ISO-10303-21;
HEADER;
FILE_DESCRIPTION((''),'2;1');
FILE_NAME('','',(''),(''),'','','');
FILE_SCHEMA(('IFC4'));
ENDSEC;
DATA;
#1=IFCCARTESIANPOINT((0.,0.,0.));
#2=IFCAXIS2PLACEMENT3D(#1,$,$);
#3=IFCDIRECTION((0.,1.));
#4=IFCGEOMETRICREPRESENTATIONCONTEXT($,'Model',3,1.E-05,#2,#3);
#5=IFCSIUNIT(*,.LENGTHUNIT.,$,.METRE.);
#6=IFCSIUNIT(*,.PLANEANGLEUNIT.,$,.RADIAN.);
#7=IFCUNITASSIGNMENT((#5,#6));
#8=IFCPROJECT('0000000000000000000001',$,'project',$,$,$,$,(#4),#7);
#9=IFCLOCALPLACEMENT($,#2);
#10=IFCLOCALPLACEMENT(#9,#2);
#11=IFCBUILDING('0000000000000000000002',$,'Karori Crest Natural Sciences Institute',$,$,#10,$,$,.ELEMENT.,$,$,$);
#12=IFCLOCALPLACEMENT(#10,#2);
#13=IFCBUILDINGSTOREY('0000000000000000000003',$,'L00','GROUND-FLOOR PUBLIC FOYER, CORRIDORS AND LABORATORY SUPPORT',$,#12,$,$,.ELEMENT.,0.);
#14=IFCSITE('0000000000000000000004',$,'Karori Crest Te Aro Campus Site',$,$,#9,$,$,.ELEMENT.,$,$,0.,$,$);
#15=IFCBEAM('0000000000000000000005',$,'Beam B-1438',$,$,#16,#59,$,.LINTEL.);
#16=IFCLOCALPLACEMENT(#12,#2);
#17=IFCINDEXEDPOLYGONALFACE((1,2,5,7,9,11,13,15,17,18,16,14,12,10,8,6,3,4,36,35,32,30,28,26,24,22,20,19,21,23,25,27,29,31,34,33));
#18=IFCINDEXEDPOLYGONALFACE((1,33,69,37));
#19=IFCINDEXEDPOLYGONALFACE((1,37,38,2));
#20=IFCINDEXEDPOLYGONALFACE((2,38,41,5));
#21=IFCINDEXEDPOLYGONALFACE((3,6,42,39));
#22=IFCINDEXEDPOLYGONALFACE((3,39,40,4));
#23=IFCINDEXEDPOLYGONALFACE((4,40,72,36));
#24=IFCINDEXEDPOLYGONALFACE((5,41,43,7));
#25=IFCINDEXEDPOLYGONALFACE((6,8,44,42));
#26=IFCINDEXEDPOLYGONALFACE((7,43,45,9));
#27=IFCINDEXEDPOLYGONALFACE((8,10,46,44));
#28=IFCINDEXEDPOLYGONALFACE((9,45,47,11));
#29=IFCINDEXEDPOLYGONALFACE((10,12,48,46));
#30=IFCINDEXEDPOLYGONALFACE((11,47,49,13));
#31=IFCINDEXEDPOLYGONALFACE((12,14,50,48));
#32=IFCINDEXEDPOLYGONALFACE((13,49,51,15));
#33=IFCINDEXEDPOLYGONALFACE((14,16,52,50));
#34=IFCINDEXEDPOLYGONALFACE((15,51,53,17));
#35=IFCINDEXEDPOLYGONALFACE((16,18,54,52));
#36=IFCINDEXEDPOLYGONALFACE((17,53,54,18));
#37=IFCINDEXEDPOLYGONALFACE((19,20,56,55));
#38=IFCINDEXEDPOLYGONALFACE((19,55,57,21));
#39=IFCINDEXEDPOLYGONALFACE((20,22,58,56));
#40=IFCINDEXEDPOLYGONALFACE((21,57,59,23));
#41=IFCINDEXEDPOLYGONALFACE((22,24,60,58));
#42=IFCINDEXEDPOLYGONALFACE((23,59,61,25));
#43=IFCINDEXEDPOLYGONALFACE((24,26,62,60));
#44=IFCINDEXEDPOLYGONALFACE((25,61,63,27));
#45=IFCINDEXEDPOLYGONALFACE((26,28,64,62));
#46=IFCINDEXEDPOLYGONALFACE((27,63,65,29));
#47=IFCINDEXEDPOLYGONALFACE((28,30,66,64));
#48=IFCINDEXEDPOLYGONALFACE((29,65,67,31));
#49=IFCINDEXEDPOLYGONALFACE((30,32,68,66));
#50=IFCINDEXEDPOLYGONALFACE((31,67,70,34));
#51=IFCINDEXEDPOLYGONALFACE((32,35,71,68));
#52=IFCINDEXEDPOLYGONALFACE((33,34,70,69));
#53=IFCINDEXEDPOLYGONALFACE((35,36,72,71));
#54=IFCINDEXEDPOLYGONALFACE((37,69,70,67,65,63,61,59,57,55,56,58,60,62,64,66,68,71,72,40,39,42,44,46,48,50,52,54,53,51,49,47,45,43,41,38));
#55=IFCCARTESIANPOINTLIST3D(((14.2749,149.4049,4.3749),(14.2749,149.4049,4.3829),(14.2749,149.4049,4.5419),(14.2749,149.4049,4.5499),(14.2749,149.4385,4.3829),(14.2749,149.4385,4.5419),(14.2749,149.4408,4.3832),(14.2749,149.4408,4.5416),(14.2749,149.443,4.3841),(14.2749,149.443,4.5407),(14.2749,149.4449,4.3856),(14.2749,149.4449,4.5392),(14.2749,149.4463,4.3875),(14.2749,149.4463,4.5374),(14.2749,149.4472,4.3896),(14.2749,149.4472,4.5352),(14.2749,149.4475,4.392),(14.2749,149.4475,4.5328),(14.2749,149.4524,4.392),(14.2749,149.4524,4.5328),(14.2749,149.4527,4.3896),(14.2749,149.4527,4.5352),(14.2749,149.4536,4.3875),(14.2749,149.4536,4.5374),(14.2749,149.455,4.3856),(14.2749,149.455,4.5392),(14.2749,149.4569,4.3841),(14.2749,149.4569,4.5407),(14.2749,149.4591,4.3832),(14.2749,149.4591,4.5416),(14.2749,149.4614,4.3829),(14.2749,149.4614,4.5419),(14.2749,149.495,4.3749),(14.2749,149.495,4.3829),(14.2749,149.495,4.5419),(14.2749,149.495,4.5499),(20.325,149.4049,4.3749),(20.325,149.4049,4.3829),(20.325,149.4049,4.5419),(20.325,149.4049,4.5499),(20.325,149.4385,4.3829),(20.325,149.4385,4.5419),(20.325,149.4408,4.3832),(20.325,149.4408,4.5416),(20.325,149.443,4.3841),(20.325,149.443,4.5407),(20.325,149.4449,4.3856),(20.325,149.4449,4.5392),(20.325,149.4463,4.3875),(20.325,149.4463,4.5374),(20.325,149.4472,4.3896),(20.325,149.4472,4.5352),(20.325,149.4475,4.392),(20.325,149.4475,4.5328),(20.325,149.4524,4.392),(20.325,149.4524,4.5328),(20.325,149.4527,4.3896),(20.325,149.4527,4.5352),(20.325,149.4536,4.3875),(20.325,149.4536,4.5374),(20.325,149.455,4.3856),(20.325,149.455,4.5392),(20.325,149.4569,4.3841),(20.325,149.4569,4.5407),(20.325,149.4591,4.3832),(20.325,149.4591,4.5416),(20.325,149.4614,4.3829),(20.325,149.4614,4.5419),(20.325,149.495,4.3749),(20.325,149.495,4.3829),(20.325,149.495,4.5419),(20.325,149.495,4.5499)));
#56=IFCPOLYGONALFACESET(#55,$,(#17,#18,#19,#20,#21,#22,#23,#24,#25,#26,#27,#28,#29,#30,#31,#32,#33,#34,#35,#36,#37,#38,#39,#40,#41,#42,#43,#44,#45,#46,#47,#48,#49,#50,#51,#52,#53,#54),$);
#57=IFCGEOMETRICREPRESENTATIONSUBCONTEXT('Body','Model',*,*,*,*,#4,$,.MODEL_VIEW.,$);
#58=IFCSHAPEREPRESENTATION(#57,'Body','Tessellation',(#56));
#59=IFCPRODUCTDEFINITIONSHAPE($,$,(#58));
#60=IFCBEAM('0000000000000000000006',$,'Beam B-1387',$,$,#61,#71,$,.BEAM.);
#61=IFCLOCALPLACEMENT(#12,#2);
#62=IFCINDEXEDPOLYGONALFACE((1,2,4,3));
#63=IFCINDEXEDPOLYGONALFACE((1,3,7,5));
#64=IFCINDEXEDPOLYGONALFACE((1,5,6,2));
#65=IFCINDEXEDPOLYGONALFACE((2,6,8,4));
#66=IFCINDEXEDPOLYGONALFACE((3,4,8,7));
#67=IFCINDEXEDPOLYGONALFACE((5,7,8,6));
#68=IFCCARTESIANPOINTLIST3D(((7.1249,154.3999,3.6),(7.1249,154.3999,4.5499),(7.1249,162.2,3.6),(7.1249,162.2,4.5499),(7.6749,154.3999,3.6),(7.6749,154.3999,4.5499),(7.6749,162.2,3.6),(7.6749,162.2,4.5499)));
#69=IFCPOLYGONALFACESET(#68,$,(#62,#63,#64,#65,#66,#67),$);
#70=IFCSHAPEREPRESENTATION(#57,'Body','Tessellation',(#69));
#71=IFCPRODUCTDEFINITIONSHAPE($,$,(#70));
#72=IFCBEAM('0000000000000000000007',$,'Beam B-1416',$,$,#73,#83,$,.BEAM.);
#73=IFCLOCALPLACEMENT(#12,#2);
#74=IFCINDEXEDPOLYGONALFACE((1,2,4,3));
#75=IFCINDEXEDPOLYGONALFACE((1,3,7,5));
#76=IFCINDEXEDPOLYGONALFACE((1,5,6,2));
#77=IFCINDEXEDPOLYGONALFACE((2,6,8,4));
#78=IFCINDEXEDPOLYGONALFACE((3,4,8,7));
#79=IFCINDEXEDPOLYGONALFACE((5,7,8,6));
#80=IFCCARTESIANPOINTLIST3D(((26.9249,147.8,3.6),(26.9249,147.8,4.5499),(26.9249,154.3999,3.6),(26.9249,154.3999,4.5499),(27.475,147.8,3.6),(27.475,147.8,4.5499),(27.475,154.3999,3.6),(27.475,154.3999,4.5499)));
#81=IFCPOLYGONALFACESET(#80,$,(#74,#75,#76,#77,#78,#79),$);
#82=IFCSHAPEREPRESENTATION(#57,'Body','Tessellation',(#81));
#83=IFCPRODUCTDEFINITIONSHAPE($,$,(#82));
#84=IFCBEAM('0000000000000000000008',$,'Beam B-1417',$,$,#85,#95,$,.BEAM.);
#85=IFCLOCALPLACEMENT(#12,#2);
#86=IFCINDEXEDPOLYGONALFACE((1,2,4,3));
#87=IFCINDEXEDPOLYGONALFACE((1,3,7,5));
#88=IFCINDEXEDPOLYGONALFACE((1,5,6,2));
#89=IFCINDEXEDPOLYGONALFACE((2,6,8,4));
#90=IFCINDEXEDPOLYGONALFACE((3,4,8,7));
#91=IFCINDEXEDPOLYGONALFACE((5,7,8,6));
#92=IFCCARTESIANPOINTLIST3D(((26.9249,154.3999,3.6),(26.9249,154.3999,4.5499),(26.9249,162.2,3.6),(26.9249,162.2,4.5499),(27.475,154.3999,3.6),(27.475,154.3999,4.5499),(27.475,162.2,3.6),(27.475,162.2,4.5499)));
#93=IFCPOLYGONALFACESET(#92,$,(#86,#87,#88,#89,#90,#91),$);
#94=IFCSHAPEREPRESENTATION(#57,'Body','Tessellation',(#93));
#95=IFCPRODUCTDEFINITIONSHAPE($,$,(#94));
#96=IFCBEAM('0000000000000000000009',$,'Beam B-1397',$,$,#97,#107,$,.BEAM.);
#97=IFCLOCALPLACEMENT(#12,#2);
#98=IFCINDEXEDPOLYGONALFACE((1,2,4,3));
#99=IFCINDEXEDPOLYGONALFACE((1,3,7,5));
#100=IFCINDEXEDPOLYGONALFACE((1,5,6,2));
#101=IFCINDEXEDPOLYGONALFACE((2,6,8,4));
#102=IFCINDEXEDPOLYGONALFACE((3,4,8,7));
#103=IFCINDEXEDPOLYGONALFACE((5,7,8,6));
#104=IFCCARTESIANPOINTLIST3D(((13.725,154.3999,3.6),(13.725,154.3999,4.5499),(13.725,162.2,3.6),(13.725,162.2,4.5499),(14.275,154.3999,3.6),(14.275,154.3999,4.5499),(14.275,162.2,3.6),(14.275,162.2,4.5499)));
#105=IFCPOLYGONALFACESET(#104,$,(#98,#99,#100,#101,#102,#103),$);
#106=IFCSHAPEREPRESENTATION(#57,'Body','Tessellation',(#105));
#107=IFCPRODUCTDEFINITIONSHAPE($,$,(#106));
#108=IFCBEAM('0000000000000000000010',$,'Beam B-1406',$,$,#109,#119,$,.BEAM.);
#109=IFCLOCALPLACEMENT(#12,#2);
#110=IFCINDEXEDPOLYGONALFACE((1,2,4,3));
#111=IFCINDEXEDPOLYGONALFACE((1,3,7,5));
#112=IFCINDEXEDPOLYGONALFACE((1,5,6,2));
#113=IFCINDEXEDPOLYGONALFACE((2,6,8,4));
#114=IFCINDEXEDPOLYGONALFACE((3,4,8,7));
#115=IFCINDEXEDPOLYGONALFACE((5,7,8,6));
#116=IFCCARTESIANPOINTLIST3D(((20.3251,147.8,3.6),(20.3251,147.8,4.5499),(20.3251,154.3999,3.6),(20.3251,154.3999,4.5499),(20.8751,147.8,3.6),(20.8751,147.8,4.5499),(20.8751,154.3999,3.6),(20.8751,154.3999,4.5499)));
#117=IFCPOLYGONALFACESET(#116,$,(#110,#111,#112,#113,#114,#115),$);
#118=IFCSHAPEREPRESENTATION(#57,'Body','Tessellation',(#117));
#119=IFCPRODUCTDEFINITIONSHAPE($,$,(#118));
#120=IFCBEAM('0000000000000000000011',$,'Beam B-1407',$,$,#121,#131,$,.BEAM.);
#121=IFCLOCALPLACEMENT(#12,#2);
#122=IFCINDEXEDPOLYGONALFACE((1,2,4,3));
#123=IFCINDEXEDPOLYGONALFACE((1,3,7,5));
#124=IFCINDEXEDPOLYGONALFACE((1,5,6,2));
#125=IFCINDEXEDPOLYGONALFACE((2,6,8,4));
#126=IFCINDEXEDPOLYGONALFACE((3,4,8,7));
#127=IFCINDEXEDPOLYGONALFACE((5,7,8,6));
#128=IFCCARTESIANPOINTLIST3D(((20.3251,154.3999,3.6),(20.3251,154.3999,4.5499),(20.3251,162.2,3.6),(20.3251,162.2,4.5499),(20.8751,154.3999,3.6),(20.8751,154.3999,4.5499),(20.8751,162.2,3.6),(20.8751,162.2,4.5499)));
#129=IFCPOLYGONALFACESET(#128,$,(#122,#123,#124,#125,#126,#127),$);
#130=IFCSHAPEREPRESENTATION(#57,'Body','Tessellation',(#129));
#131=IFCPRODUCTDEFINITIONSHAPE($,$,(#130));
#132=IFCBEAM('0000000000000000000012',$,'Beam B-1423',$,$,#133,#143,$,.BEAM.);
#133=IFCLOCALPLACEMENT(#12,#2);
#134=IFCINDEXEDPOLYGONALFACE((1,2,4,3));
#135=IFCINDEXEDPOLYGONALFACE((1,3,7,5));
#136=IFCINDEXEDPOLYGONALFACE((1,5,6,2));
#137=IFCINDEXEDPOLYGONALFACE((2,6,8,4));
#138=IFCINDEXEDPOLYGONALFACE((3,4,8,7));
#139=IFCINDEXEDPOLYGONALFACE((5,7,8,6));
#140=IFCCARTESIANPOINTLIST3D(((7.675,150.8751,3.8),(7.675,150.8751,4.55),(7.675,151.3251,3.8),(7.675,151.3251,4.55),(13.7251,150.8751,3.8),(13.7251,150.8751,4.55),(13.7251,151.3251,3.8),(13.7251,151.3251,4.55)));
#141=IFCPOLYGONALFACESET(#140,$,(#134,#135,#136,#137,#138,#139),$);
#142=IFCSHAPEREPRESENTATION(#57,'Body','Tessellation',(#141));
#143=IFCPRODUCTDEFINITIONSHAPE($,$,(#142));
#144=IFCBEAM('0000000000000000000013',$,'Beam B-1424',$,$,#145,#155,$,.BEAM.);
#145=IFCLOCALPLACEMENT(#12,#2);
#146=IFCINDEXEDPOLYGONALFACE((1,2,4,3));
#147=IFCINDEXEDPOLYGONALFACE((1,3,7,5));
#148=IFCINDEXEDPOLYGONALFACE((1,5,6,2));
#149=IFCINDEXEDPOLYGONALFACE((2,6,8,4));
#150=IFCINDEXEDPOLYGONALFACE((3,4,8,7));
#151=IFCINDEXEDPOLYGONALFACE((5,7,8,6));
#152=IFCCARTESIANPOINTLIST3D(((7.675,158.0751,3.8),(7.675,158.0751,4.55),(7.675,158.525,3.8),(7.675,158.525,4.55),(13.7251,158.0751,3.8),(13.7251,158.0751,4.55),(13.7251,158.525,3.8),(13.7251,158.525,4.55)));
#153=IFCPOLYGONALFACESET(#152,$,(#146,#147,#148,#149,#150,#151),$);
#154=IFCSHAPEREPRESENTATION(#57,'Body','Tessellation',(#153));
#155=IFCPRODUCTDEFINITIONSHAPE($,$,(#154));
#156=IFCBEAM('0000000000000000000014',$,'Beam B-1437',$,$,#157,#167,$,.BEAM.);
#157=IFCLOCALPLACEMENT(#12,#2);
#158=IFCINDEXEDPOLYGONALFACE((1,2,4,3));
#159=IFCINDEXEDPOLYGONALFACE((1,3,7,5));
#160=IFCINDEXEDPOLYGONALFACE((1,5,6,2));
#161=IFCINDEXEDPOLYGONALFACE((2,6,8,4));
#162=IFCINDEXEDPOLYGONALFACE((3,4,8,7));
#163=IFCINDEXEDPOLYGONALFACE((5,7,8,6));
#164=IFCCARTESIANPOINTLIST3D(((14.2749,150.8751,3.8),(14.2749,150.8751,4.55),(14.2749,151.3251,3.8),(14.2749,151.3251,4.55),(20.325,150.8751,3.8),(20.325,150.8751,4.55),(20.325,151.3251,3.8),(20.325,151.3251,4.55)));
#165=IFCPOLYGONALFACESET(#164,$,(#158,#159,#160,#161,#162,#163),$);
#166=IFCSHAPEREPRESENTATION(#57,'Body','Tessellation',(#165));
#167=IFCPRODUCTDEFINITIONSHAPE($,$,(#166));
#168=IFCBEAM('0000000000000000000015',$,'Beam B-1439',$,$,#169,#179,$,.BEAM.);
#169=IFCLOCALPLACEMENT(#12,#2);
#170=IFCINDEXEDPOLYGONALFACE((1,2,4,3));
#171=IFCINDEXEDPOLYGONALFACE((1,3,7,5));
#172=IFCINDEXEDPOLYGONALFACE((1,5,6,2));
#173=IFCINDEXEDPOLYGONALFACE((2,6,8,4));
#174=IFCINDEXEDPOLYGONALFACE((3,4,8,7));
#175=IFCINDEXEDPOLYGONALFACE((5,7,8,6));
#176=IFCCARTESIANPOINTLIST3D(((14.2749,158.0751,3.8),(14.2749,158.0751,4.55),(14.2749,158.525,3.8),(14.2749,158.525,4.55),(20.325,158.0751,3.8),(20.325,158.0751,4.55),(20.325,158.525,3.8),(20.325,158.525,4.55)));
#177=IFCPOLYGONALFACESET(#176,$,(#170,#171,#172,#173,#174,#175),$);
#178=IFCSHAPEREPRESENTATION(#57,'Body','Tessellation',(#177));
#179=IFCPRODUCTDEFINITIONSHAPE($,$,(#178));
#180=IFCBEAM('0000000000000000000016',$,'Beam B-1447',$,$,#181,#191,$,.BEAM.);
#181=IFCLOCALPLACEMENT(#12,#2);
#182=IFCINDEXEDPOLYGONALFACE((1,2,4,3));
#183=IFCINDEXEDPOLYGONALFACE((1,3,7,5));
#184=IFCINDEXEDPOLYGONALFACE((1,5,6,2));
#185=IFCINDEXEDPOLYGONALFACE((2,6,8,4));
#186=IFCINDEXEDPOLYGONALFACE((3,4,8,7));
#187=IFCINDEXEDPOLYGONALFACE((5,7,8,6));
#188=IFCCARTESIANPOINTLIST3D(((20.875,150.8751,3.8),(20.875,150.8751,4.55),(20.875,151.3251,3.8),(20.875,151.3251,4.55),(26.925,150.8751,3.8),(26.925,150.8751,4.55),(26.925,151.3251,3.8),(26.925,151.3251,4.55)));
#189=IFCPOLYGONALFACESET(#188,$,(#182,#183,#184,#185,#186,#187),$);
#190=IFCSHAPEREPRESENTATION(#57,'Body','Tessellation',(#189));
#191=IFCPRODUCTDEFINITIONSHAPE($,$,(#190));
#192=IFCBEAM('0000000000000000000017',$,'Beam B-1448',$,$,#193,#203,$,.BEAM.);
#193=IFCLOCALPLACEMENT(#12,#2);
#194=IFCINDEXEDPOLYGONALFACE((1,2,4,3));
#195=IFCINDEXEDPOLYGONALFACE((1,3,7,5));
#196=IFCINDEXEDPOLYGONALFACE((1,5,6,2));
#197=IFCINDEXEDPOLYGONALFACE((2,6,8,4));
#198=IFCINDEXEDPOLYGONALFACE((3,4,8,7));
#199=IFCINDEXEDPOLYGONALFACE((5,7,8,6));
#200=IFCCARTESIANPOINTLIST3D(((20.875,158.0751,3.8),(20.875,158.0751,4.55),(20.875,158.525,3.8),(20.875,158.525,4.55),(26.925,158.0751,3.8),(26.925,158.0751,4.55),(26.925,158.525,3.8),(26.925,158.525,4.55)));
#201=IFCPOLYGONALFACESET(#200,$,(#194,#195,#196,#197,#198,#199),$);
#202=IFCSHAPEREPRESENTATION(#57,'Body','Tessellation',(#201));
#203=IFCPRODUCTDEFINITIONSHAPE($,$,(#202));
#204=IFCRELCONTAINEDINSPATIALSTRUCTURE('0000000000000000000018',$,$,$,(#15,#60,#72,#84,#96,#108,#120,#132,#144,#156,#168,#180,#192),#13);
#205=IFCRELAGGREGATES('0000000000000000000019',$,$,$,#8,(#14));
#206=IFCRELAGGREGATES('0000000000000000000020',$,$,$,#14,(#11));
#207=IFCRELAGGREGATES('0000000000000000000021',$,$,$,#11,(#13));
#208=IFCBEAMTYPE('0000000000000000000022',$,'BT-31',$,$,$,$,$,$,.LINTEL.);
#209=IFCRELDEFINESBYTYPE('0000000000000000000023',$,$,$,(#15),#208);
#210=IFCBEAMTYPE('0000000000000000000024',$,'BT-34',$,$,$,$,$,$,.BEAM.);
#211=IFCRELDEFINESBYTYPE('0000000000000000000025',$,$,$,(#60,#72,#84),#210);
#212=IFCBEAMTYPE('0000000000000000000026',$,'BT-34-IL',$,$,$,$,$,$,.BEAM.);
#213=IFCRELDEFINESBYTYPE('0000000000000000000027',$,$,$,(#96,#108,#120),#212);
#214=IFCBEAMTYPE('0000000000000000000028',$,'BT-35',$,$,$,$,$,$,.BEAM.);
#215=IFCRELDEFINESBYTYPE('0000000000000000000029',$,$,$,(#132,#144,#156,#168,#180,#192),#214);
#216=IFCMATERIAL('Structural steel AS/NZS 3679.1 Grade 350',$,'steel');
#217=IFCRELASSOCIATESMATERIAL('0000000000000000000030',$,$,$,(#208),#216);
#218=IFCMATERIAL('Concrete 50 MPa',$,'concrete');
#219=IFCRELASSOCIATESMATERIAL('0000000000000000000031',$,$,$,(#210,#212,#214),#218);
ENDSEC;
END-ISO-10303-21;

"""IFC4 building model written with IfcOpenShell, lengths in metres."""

from ifc_helpers import new_model, si_unit, direction, frame, origin, origin_2d, place, context, subcontext, project, spatial, rectangle, i_section, extrude, material, material_profile, profile_set, type_object, element, save


model = new_model("IFC4")

# Units and contexts
model_context = context("Model", 3, precision=1e-05, world=origin(), true_north=direction((0.0, 1.0)))
body_context = subcontext(model_context, "Body", "Model", "MODEL_VIEW")
ifc_project = project(units=[si_unit("LENGTHUNIT", "METRE"), si_unit("PLANEANGLEUNIT", "RADIAN")], contexts=[model_context])

# Site, building, storey
site_placement = place(None, origin())
site = spatial("IfcSite", under=ifc_project, at=site_placement, Name="Karori Crest Te Aro Campus Site", CompositionType="ELEMENT", RefElevation=0.0)
building_placement = place(site_placement, origin())
building = spatial("IfcBuilding", under=site, at=building_placement, Name="Karori Crest Natural Sciences Institute", CompositionType="ELEMENT")
storey_placement = place(building_placement, origin())
storey = spatial("IfcBuildingStorey", under=building, at=storey_placement, Name="L00", Description="GROUND-FLOOR PUBLIC FOYER, CORRIDORS AND LABORATORY SUPPORT", CompositionType="ELEMENT", Elevation=0.0)

# Shared definitions
ifc_material_1 = material(Name="Concrete 50 MPa", Category="concrete")

# Beams
ifc_material_2 = material(Name="Structural steel AS/NZS 3679.1 Grade 350", Category="steel")
ifc_material_profile_1 = material_profile(ifc_material_2, i_section(OverallWidth=0.0901, OverallDepth=0.175, WebThickness=0.0049, FlangeThickness=0.0081, FilletRadius=0.009, at=origin_2d()), Name="180UB18.1")
ifc_profile_set_1 = profile_set([ifc_material_profile_1], Name="Structural steel AS/NZS 3679.1 Grade 350")
beam_type_1 = type_object("IfcBeamType", Name="BT-31", PredefinedType="LINTEL", material=ifc_profile_set_1)
beam_1_placement = place(storey_placement, frame((14.2749, 149.45, 4.4624), z_axis=(1.0, 0.0, 0.0), x_axis=(0.0, 1.0, 0.0)))
element("IfcBeam", 1, at=beam_1_placement, inside=storey, type_object=beam_type_1, Name="Beam B-1438", PredefinedType="LINTEL", context=body_context, shape_type="SweptSolid", body=[
    extrude(i_section(OverallWidth=0.0901, OverallDepth=0.175, WebThickness=0.0049, FlangeThickness=0.0081, FilletRadius=0.009, at=origin_2d()), origin(), (0.0, 0.0, 1.0), 6.05),
])
ifc_material_profile_2 = material_profile(ifc_material_1, rectangle(XDim=0.55, YDim=0.95, at=origin_2d()), Name="RCB550x950")
ifc_profile_set_2 = profile_set([ifc_material_profile_2], Name="Concrete 50 MPa")
beam_type_2 = type_object("IfcBeamType", Name="BT-34", PredefinedType="BEAM", material=ifc_profile_set_2)
beam_2_placement = place(storey_placement, frame((7.3999, 154.3999, 4.075), z_axis=(0.0, 1.0, 0.0), x_axis=(-1.0, 0.0, 0.0)))
element("IfcBeam", 2, at=beam_2_placement, inside=storey, type_object=beam_type_2, Name="Beam B-1387", PredefinedType="BEAM", context=body_context, shape_type="SweptSolid", body=[
    extrude(rectangle(XDim=0.55, YDim=0.95, at=origin_2d()), origin(), (0.0, 0.0, 1.0), 7.8),
])
beam_3_placement = place(storey_placement, frame((27.2, 147.8, 4.075), z_axis=(0.0, 1.0, 0.0), x_axis=(-1.0, 0.0, 0.0)))
element("IfcBeam", 3, at=beam_3_placement, inside=storey, type_object=beam_type_2, Name="Beam B-1416", PredefinedType="BEAM", context=body_context, shape_type="SweptSolid", body=[
    extrude(rectangle(XDim=0.55, YDim=0.95, at=origin_2d()), origin(), (0.0, 0.0, 1.0), 6.5999),
])
beam_4_placement = place(storey_placement, frame((27.2, 154.3999, 4.075), z_axis=(0.0, 1.0, 0.0), x_axis=(-1.0, 0.0, 0.0)))
element("IfcBeam", 4, at=beam_4_placement, inside=storey, type_object=beam_type_2, Name="Beam B-1417", PredefinedType="BEAM", context=body_context, shape_type="SweptSolid", body=[
    extrude(rectangle(XDim=0.55, YDim=0.95, at=origin_2d()), origin(), (0.0, 0.0, 1.0), 7.8),
])
ifc_material_profile_3 = material_profile(ifc_material_1, rectangle(XDim=0.55, YDim=0.95, at=origin_2d()), Name="RCB550x950")
ifc_profile_set_3 = profile_set([ifc_material_profile_3], Name="Concrete 50 MPa")
beam_type_3 = type_object("IfcBeamType", Name="BT-34-IL", PredefinedType="BEAM", material=ifc_profile_set_3)
beam_5_placement = place(storey_placement, frame((14.0, 154.3999, 4.075), z_axis=(0.0, 1.0, 0.0), x_axis=(-1.0, 0.0, 0.0)))
element("IfcBeam", 5, at=beam_5_placement, inside=storey, type_object=beam_type_3, Name="Beam B-1397", PredefinedType="BEAM", context=body_context, shape_type="SweptSolid", body=[
    extrude(rectangle(XDim=0.55, YDim=0.95, at=origin_2d()), origin(), (0.0, 0.0, 1.0), 7.8),
])
beam_6_placement = place(storey_placement, frame((20.6001, 147.8, 4.075), z_axis=(0.0, 1.0, 0.0), x_axis=(-1.0, 0.0, 0.0)))
element("IfcBeam", 6, at=beam_6_placement, inside=storey, type_object=beam_type_3, Name="Beam B-1406", PredefinedType="BEAM", context=body_context, shape_type="SweptSolid", body=[
    extrude(rectangle(XDim=0.55, YDim=0.95, at=origin_2d()), origin(), (0.0, 0.0, 1.0), 6.5999),
])
beam_7_placement = place(storey_placement, frame((20.6001, 154.3999, 4.075), z_axis=(0.0, 1.0, 0.0), x_axis=(-1.0, 0.0, 0.0)))
element("IfcBeam", 7, at=beam_7_placement, inside=storey, type_object=beam_type_3, Name="Beam B-1407", PredefinedType="BEAM", context=body_context, shape_type="SweptSolid", body=[
    extrude(rectangle(XDim=0.55, YDim=0.95, at=origin_2d()), origin(), (0.0, 0.0, 1.0), 7.8),
])
ifc_material_profile_4 = material_profile(ifc_material_1, rectangle(XDim=0.45, YDim=0.75, at=origin_2d()), Name="RCB450x750")
ifc_profile_set_4 = profile_set([ifc_material_profile_4], Name="Concrete 50 MPa")
beam_type_4 = type_object("IfcBeamType", Name="BT-35", PredefinedType="BEAM", material=ifc_profile_set_4)
for number, where, z_axis, x_axis, name in (
    (8, (7.675, 151.1001, 4.175), (1.0, 0.0, 0.0), (0.0, 1.0, 0.0), "Beam B-1423"),
    (9, (7.675, 158.3, 4.175), (1.0, 0.0, 0.0), (0.0, 1.0, 0.0), "Beam B-1424"),
    (10, (14.2749, 151.1001, 4.175), (1.0, 0.0, 0.0), (0.0, 1.0, 0.0), "Beam B-1437"),
    (11, (14.2749, 158.3, 4.175), (1.0, 0.0, 0.0), (0.0, 1.0, 0.0), "Beam B-1439"),
    (12, (20.875, 151.1001, 4.175), (1.0, 0.0, 0.0), (0.0, 1.0, 0.0), "Beam B-1447"),
    (13, (20.875, 158.3, 4.175), (1.0, 0.0, 0.0), (0.0, 1.0, 0.0), "Beam B-1448"),
):
    element("IfcBeam", number, at=place(storey_placement, frame(where, z_axis=z_axis, x_axis=x_axis)), inside=storey, type_object=beam_type_4, Name=name, PredefinedType="BEAM", context=body_context, shape_type="SweptSolid", body=[
        extrude(rectangle(XDim=0.45, YDim=0.75, at=origin_2d()), origin(), (0.0, 0.0, 1.0), 6.05),
    ])

save(model, "model.ifc")
